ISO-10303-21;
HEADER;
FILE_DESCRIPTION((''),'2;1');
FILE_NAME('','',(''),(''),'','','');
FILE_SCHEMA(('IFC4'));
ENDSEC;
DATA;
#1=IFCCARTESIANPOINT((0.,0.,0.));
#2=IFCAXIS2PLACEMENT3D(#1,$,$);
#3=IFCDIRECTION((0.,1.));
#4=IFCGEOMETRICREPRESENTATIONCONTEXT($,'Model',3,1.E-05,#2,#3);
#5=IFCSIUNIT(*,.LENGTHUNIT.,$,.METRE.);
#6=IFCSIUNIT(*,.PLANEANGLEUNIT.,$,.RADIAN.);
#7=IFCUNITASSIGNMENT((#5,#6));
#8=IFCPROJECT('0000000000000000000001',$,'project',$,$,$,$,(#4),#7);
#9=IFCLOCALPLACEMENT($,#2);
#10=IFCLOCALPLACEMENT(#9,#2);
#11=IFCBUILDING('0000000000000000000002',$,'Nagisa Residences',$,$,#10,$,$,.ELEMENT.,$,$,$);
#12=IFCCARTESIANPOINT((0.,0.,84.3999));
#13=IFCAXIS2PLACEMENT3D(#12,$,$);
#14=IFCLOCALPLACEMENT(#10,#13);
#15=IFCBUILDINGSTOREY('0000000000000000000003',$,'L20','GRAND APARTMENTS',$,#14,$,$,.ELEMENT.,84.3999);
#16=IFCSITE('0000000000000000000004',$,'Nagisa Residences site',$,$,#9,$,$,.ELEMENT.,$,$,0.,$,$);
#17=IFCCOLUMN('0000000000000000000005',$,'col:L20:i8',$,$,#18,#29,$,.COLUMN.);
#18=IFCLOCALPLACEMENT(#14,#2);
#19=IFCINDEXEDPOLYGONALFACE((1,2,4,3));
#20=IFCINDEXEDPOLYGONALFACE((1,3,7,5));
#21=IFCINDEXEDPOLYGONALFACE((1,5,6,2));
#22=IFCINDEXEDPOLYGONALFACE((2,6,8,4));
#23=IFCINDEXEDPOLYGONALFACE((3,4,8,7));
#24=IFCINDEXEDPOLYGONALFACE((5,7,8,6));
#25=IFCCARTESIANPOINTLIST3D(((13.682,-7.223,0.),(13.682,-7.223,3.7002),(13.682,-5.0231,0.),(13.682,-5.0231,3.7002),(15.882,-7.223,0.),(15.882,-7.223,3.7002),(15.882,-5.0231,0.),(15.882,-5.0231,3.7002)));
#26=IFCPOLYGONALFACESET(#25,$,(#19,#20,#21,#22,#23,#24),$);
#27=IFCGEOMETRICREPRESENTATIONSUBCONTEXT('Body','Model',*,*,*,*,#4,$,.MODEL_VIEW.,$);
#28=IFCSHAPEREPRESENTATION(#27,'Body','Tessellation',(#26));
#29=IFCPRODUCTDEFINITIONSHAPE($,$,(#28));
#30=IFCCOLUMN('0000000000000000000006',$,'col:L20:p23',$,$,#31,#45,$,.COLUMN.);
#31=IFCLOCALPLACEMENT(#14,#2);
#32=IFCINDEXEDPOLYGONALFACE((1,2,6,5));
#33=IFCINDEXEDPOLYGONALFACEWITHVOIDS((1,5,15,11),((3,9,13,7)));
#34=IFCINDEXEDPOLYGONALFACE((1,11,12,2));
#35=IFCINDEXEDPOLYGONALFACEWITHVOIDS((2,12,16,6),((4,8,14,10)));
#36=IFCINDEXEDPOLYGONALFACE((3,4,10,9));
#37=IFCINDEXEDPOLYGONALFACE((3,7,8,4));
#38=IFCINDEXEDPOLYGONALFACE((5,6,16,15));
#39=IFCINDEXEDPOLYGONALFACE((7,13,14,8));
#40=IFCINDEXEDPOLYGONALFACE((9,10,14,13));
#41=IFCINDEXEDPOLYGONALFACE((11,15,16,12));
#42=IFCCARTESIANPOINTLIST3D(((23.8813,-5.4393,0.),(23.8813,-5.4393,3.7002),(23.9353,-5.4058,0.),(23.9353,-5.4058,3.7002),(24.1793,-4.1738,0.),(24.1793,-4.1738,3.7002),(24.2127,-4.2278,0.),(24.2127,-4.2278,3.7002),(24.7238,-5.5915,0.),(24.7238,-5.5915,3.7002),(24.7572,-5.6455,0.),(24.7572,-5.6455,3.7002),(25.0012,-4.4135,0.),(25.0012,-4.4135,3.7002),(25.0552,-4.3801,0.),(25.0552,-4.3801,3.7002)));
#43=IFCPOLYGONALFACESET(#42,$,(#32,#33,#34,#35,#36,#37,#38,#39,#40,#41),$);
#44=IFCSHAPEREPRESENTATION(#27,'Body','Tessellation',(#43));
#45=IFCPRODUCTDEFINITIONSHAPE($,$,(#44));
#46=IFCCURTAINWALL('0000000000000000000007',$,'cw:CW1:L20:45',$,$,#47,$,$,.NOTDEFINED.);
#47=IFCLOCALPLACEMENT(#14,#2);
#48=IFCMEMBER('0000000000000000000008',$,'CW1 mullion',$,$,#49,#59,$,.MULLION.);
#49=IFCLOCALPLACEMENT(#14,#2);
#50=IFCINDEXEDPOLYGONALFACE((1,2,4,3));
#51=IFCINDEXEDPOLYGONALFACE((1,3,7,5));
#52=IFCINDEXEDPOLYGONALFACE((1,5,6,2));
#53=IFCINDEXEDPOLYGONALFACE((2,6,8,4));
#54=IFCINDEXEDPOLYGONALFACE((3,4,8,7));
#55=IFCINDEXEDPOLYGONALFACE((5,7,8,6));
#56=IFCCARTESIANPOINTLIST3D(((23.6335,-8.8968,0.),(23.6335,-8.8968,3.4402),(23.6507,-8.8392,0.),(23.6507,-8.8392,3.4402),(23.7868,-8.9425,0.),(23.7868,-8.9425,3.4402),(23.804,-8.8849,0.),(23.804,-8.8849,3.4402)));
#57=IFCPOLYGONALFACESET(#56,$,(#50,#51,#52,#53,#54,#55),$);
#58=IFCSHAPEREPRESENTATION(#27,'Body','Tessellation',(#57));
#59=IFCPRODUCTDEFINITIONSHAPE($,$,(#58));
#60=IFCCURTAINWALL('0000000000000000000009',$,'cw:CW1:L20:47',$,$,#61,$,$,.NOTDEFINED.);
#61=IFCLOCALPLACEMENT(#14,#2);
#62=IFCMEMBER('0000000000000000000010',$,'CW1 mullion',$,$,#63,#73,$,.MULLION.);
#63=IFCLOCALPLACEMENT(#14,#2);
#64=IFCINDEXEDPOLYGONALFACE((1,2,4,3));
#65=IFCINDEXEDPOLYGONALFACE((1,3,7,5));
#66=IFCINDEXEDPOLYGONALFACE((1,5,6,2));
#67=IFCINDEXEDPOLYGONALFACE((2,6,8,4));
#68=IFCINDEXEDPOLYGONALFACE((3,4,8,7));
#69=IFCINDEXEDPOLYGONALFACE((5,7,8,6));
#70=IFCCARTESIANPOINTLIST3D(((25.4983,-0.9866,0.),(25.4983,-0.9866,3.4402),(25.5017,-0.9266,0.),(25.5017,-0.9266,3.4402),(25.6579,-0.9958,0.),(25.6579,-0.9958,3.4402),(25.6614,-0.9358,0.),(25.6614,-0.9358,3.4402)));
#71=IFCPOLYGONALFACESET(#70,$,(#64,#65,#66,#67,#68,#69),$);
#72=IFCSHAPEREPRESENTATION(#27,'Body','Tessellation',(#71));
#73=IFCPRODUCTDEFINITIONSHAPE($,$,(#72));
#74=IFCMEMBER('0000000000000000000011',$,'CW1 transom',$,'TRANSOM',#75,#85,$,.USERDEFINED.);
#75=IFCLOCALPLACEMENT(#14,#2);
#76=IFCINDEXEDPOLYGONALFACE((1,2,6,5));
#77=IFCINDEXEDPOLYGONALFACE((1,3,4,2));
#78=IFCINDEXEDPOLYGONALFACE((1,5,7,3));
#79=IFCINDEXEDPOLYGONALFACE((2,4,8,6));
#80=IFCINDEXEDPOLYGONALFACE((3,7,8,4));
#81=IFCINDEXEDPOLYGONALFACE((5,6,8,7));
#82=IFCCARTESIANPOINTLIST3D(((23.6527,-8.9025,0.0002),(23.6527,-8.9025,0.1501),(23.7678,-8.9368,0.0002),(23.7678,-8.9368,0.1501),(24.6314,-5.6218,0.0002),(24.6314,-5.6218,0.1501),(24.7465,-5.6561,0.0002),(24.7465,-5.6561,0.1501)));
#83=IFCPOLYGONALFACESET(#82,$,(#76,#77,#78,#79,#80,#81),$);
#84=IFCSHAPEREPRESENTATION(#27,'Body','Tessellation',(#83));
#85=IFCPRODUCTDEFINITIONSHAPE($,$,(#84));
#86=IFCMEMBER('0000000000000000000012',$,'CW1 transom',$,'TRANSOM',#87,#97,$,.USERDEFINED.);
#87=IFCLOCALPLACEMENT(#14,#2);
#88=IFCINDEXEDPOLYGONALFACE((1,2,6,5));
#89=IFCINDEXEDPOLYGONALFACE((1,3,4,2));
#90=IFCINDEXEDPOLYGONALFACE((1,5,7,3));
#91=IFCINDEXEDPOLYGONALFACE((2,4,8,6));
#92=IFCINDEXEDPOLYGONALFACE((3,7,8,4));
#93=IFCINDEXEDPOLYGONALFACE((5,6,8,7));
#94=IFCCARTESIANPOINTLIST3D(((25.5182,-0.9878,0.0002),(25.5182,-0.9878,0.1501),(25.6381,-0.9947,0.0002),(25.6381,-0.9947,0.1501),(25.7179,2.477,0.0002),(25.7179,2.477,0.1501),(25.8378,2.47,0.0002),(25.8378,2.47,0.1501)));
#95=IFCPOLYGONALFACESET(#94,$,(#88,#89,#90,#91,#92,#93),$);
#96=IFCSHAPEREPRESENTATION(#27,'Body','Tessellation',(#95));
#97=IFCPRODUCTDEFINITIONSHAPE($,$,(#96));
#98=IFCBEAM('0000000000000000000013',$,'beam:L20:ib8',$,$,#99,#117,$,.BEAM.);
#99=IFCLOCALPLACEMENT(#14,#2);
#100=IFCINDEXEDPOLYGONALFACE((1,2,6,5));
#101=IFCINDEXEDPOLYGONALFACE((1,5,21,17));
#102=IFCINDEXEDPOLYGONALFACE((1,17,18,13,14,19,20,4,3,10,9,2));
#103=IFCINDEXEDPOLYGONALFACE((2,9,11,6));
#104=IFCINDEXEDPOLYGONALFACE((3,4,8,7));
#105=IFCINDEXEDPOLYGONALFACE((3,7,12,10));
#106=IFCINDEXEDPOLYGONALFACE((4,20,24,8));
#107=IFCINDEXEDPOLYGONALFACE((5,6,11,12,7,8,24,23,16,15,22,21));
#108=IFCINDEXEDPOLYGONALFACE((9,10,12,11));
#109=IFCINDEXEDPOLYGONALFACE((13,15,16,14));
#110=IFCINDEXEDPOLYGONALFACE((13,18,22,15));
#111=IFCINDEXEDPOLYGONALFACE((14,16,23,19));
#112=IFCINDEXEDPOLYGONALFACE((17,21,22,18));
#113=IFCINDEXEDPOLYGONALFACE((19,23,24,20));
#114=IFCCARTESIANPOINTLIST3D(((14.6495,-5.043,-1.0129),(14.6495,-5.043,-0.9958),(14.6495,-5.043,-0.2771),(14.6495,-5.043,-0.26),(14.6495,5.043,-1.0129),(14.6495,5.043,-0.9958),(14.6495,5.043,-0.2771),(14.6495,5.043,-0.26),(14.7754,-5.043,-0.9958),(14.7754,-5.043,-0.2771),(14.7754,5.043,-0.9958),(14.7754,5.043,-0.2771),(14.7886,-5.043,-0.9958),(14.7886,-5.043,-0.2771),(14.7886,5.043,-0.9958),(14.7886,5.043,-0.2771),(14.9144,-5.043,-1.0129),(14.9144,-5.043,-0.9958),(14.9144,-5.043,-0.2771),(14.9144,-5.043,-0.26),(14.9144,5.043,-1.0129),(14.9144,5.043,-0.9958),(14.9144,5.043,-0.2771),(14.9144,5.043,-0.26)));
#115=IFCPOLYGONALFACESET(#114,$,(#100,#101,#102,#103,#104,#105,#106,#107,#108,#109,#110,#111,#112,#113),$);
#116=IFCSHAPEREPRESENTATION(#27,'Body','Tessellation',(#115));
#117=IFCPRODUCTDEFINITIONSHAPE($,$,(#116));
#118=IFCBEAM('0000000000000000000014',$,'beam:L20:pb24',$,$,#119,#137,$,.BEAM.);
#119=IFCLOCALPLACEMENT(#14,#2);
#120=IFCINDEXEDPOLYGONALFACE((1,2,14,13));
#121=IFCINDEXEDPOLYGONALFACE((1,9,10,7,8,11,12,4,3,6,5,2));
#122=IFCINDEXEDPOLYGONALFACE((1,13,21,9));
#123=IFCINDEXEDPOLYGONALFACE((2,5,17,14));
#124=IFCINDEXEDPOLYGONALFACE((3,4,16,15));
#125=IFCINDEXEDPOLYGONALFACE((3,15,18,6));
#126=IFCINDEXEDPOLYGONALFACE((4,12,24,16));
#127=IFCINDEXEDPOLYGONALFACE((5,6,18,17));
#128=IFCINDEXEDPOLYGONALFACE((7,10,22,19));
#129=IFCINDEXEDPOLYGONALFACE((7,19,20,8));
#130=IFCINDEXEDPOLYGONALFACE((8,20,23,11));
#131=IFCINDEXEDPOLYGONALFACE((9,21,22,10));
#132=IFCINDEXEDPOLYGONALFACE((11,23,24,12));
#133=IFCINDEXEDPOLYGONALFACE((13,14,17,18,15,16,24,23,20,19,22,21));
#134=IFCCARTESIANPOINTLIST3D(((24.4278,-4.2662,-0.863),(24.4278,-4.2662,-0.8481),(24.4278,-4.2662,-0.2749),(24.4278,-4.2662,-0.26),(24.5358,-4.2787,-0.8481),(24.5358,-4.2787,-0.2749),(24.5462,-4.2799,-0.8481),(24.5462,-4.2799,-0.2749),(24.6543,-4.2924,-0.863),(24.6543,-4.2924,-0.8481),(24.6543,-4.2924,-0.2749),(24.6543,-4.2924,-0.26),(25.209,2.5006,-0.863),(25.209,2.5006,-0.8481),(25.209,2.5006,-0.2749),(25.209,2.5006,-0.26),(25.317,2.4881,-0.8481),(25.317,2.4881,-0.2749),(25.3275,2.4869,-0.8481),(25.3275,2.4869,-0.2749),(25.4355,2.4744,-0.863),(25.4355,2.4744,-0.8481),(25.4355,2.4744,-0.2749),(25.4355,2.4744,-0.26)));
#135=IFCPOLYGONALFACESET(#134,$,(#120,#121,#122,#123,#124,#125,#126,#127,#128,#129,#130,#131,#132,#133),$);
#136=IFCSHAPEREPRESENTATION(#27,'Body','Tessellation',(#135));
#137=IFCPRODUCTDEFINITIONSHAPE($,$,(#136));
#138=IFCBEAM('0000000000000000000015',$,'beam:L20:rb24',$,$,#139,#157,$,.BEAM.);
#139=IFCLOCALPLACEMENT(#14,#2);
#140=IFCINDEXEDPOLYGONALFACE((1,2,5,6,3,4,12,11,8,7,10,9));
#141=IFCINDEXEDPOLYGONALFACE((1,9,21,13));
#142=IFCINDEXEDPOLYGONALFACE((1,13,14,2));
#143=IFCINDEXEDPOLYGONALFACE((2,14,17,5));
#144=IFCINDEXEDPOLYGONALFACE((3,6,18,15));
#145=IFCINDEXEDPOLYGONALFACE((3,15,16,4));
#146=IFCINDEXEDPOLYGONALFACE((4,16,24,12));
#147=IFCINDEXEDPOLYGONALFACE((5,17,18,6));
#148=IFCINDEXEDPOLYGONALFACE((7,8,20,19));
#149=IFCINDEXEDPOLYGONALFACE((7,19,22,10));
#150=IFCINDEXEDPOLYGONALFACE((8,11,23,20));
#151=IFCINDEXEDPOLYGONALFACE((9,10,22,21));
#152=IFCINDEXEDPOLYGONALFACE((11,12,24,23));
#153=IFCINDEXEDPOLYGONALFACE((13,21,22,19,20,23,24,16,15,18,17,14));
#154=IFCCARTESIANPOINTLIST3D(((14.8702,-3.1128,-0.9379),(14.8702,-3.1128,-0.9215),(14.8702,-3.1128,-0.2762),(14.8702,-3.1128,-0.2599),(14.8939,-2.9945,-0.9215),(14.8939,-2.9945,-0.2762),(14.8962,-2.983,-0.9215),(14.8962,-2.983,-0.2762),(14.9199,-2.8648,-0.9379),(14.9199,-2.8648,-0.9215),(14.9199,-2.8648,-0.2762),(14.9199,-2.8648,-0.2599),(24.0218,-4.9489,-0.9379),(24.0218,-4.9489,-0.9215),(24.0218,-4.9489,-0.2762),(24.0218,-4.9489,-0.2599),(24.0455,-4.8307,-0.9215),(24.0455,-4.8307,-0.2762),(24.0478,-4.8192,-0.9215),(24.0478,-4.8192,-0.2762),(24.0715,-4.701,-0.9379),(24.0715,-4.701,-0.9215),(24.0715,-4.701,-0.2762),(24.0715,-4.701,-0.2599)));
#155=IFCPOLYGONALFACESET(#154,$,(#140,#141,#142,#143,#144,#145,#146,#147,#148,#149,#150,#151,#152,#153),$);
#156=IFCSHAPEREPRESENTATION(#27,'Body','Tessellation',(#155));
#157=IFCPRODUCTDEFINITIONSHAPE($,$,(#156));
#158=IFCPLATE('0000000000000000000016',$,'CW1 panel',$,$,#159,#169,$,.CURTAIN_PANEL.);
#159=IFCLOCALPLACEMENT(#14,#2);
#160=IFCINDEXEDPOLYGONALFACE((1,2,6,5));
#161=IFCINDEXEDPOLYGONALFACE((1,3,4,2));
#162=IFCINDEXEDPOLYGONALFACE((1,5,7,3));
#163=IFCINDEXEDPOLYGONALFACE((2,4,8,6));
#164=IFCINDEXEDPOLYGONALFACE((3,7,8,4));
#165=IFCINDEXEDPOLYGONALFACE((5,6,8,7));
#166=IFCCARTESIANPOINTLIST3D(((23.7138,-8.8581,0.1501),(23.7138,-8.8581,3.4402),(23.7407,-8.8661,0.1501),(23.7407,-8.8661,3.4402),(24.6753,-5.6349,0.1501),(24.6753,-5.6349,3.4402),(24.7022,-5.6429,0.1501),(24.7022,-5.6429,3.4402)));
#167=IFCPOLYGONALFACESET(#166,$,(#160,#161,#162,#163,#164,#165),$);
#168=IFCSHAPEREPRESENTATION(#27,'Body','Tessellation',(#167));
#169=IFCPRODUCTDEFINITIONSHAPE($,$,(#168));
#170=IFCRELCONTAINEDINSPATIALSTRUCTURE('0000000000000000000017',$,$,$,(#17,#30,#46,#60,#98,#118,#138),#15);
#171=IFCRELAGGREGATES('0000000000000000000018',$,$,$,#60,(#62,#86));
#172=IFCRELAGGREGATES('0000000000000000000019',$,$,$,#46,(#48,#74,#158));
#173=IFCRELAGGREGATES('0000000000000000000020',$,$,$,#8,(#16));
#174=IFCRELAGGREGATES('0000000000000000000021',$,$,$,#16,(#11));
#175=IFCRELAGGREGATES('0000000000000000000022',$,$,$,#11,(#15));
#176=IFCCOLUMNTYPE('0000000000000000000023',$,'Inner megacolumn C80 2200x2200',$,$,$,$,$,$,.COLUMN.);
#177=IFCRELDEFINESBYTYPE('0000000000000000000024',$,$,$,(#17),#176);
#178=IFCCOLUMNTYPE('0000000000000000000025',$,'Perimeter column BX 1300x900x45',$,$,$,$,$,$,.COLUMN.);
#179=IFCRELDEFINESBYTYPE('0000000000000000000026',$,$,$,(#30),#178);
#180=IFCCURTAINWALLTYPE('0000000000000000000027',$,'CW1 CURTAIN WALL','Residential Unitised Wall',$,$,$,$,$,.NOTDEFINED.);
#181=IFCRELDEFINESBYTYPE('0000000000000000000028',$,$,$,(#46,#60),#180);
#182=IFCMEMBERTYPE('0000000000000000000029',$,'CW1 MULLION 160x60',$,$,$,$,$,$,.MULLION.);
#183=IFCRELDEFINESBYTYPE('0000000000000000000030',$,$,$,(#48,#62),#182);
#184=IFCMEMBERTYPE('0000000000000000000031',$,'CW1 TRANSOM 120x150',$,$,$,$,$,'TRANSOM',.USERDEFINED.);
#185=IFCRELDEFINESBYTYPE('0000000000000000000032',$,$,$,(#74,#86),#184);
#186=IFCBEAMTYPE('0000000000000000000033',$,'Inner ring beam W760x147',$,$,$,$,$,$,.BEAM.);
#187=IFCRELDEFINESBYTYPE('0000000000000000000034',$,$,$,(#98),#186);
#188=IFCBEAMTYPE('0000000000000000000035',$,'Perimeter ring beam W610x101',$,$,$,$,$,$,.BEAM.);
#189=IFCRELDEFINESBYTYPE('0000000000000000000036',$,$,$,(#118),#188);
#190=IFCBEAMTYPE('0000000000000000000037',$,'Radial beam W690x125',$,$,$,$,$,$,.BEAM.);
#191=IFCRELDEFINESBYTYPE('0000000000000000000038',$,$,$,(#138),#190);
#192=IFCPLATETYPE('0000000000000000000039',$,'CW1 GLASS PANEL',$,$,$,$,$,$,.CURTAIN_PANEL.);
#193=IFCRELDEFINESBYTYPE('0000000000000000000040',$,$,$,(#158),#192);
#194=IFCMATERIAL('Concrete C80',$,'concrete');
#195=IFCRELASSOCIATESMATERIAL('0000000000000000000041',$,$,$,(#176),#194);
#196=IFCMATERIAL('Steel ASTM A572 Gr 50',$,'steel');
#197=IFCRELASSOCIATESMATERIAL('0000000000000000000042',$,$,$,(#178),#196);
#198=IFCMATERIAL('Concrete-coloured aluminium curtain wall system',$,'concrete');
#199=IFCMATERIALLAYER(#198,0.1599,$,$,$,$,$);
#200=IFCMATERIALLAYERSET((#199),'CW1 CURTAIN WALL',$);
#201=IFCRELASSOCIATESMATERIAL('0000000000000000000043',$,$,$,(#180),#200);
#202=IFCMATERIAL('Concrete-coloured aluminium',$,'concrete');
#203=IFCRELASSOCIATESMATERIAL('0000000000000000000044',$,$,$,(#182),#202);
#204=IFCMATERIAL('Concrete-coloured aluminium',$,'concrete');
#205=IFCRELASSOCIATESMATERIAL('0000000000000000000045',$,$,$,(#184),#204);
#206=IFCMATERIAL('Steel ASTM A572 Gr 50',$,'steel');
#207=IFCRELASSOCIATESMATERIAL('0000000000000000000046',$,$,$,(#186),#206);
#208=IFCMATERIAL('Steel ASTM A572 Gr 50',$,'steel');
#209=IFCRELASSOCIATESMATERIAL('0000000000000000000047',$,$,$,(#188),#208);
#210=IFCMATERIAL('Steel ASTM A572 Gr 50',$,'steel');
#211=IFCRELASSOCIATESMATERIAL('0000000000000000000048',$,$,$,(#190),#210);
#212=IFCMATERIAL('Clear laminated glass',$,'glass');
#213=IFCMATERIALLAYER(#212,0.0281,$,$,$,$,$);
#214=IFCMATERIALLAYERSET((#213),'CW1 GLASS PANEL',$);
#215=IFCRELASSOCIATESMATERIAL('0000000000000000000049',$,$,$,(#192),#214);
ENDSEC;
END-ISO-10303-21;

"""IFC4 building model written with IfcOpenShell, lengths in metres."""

from ifc_helpers import new_model, si_unit, direction, frame, origin, origin_2d, place, context, subcontext, project, spatial, rectangle, hollow_rectangle, i_section, extrude, material, layer, layer_set, material_profile, profile_set, type_object, element, aggregate, save


model = new_model("IFC4")

# Units and contexts
model_context = context("Model", 3, precision=1e-05, world=origin(), true_north=direction((0.0, 1.0)))
body_context = subcontext(model_context, "Body", "Model", "MODEL_VIEW")
ifc_project = project(units=[si_unit("LENGTHUNIT", "METRE"), si_unit("PLANEANGLEUNIT", "RADIAN")], contexts=[model_context])

# Site, building, storey
site_placement = place(None, origin())
site = spatial("IfcSite", under=ifc_project, at=site_placement, Name="Nagisa Residences site", CompositionType="ELEMENT", RefElevation=0.0)
building_placement = place(site_placement, origin())
building = spatial("IfcBuilding", under=site, at=building_placement, Name="Nagisa Residences", CompositionType="ELEMENT")
storey_placement = place(building_placement, frame((0.0, 0.0, 84.3999)))
storey = spatial("IfcBuildingStorey", under=building, at=storey_placement, Name="L20", Description="GRAND APARTMENTS", CompositionType="ELEMENT", Elevation=84.3999)

# Columns
ifc_material_1 = material(Name="Concrete C80", Category="concrete")
ifc_material_profile_1 = material_profile(ifc_material_1, rectangle(XDim=2.2, YDim=2.2, at=origin_2d()), Name="C80 2200x2200")
ifc_profile_set_1 = profile_set([ifc_material_profile_1], Name="Concrete C80")
column_type_1 = type_object("IfcColumnType", Name="Inner megacolumn C80 2200x2200", PredefinedType="COLUMN", material=ifc_profile_set_1)
column_1_placement = place(storey_placement, frame((14.782, -6.123, 0.0), z_axis=(0.0, 0.0, 1.0), x_axis=(1.0, 0.0, 0.0)))
element("IfcColumn", 1, at=column_1_placement, inside=storey, type_object=column_type_1, Name="col:L20:i8", PredefinedType="COLUMN", context=body_context, shape_type="SweptSolid", body=[
    extrude(rectangle(XDim=2.2, YDim=2.2, at=origin_2d()), origin(), (0.0, 0.0, 1.0), 3.7002),
])
ifc_material_2 = material(Name="Steel ASTM A572 Gr 50", Category="steel")
ifc_material_profile_2 = material_profile(ifc_material_2, hollow_rectangle(XDim=1.3, YDim=0.8999, WallThickness=0.0449, at=origin_2d()), Name="BX 1300x900x45")
ifc_profile_set_2 = profile_set([ifc_material_profile_2], Name="Steel ASTM A572 Gr 50")
column_type_2 = type_object("IfcColumnType", Name="Perimeter column BX 1300x900x45", PredefinedType="COLUMN", material=ifc_profile_set_2)
column_2_placement = place(storey_placement, frame((24.4683, -4.9097, 0.0), z_axis=(0.0, 0.0, 1.0), x_axis=(0.229202, 0.973379, 0.0)))
element("IfcColumn", 2, at=column_2_placement, inside=storey, type_object=column_type_2, Name="col:L20:p23", PredefinedType="COLUMN", context=body_context, shape_type="SweptSolid", body=[
    extrude(hollow_rectangle(XDim=1.3, YDim=0.8999, WallThickness=0.0449, at=origin_2d()), origin(), (0.0, 0.0, 1.0), 3.7002),
])

# Curtain walls, members
ifc_material_3 = material(Name="Concrete-coloured aluminium curtain wall system", Category="concrete")
ifc_layer_1 = layer(ifc_material_3, 0.1599)
ifc_layer_set_1 = layer_set([ifc_layer_1], Name="CW1 CURTAIN WALL")
curtain_wall_type = type_object("IfcCurtainWallType", Name="CW1 CURTAIN WALL", Description="Residential Unitised Wall", PredefinedType="NOTDEFINED", material=ifc_layer_set_1)
curtain_wall_1_placement = place(storey_placement, origin())
curtain_wall_1 = element("IfcCurtainWall", 3, at=curtain_wall_1_placement, inside=storey, type_object=curtain_wall_type, Name="cw:CW1:L20:45", PredefinedType="NOTDEFINED")
ifc_material_4 = material(Name="Concrete-coloured aluminium", Category="concrete")
ifc_material_profile_3 = material_profile(ifc_material_4, rectangle(XDim=0.1599, YDim=0.0601, at=origin_2d()), Name="CW1 MULLION 160x60")
ifc_profile_set_3 = profile_set([ifc_material_profile_3], Name="Concrete-coloured aluminium")
member_type_1 = type_object("IfcMemberType", Name="CW1 MULLION 160x60", PredefinedType="MULLION", material=ifc_profile_set_3)
member_1_placement = place(storey_placement, frame((23.7188, -8.8909, 0.0), z_axis=(0.0, 0.0, 1.0), x_axis=(-0.958271, 0.28586, 0.0)))
member_1 = element("IfcMember", 4, at=member_1_placement, type_object=member_type_1, Name="CW1 mullion", PredefinedType="MULLION", context=body_context, shape_type="SweptSolid", body=[
    extrude(rectangle(XDim=0.1599, YDim=0.0601, at=origin_2d()), origin(), (0.0, 0.0, 1.0), 3.4402),
])
curtain_wall_2_placement = place(storey_placement, origin())
curtain_wall_2 = element("IfcCurtainWall", 5, at=curtain_wall_2_placement, inside=storey, type_object=curtain_wall_type, Name="cw:CW1:L20:47", PredefinedType="NOTDEFINED")
member_2_placement = place(storey_placement, frame((25.5798, -0.9612, 0.0), z_axis=(0.0, 0.0, 1.0), x_axis=(-0.998345, 0.057503, 0.0)))
member_2 = element("IfcMember", 6, at=member_2_placement, type_object=member_type_1, Name="CW1 mullion", PredefinedType="MULLION", context=body_context, shape_type="SweptSolid", body=[
    extrude(rectangle(XDim=0.1599, YDim=0.0601, at=origin_2d()), origin(), (0.0, 0.0, 1.0), 3.4402),
])

# Members
ifc_material_5 = material(Name="Concrete-coloured aluminium", Category="concrete")
ifc_material_profile_4 = material_profile(ifc_material_5, rectangle(XDim=0.1201, YDim=0.1499, at=origin_2d()), Name="CW1 TRANSOM 120x150")
ifc_profile_set_4 = profile_set([ifc_material_profile_4], Name="Concrete-coloured aluminium")
member_type_2 = type_object("IfcMemberType", Name="CW1 TRANSOM 120x150", ElementType="TRANSOM", PredefinedType="USERDEFINED", material=ifc_profile_set_4)
member_3_placement = place(storey_placement, frame((23.7102, -8.9197, 0.0752), z_axis=(0.285882, 0.958265, 0.0), x_axis=(-0.958265, 0.285882, 0.0)))
member_3 = element("IfcMember", 7, at=member_3_placement, type_object=member_type_2, Name="CW1 transom", ObjectType="TRANSOM", PredefinedType="USERDEFINED", context=body_context, shape_type="SweptSolid", body=[
    extrude(rectangle(XDim=0.1201, YDim=0.1499, at=origin_2d()), origin(), (0.0, 0.0, 1.0), 3.4236),
])
member_4_placement = place(storey_placement, frame((25.5781, -0.9912, 0.0752), z_axis=(0.057547, 0.998343, 0.0), x_axis=(-0.998343, 0.057547, 0.0)))
member_4 = element("IfcMember", 8, at=member_4_placement, type_object=member_type_2, Name="CW1 transom", ObjectType="TRANSOM", PredefinedType="USERDEFINED", context=body_context, shape_type="SweptSolid", body=[
    extrude(rectangle(XDim=0.1201, YDim=0.1499, at=origin_2d()), origin(), (0.0, 0.0, 1.0), 3.4705),
])
aggregate(curtain_wall_2, [member_2, member_4])

# Beams
ifc_material_6 = material(Name="Steel ASTM A572 Gr 50", Category="steel")
ifc_material_profile_5 = material_profile(ifc_material_6, i_section(OverallWidth=0.2649, OverallDepth=0.7529, WebThickness=0.0132, FlangeThickness=0.0171, at=origin_2d()), Name="W760x147")
ifc_profile_set_5 = profile_set([ifc_material_profile_5], Name="Steel ASTM A572 Gr 50")
beam_type_1 = type_object("IfcBeamType", Name="Inner ring beam W760x147", PredefinedType="BEAM", material=ifc_profile_set_5)
beam_1_placement = place(storey_placement, frame((14.782, -5.043, -0.6365), z_axis=(0.0, 1.0, 0.0), x_axis=(-1.0, 0.0, 0.0)))
element("IfcBeam", 9, at=beam_1_placement, inside=storey, type_object=beam_type_1, Name="beam:L20:ib8", PredefinedType="BEAM", context=body_context, shape_type="SweptSolid", body=[
    extrude(i_section(OverallWidth=0.2649, OverallDepth=0.7529, WebThickness=0.0132, FlangeThickness=0.0171, at=origin_2d()), origin(), (0.0, 0.0, 1.0), 10.0859),
])
ifc_material_7 = material(Name="Steel ASTM A572 Gr 50", Category="steel")
ifc_material_profile_6 = material_profile(ifc_material_7, i_section(OverallWidth=0.228, OverallDepth=0.603, WebThickness=0.0105, FlangeThickness=0.0149, at=origin_2d()), Name="W610x101")
ifc_profile_set_6 = profile_set([ifc_material_profile_6], Name="Steel ASTM A572 Gr 50")
beam_type_2 = type_object("IfcBeamType", Name="Perimeter ring beam W610x101", PredefinedType="BEAM", material=ifc_profile_set_6)
beam_2_placement = place(storey_placement, frame((24.541, -4.2793, -0.5615), z_axis=(0.114691, 0.993401, 0.0), x_axis=(-0.993401, 0.114691, 0.0)))
element("IfcBeam", 10, at=beam_2_placement, inside=storey, type_object=beam_type_2, Name="beam:L20:pb24", PredefinedType="BEAM", context=body_context, shape_type="SweptSolid", body=[
    extrude(i_section(OverallWidth=0.228, OverallDepth=0.603, WebThickness=0.0105, FlangeThickness=0.0149, at=origin_2d()), origin(), (0.0, 0.0, 1.0), 6.8118),
])
ifc_material_8 = material(Name="Steel ASTM A572 Gr 50", Category="steel")
ifc_material_profile_7 = material_profile(ifc_material_8, i_section(OverallWidth=0.2529, OverallDepth=0.678, WebThickness=0.0117, FlangeThickness=0.0164, at=origin_2d()), Name="W690x125")
ifc_profile_set_7 = profile_set([ifc_material_profile_7], Name="Steel ASTM A572 Gr 50")
beam_type_3 = type_object("IfcBeamType", Name="Radial beam W690x125", PredefinedType="BEAM", material=ifc_profile_set_7)
beam_3_placement = place(storey_placement, frame((24.0466, -4.825, -0.5989), z_axis=(-0.98046, 0.19672, 0.0), x_axis=(-0.19672, -0.98046, 0.0)))
element("IfcBeam", 11, at=beam_3_placement, inside=storey, type_object=beam_type_3, Name="beam:L20:rb24", PredefinedType="BEAM", context=body_context, shape_type="SweptSolid", body=[
    extrude(i_section(OverallWidth=0.2529, OverallDepth=0.678, WebThickness=0.0117, FlangeThickness=0.0164, at=origin_2d()), origin(), (0.0, 0.0, 1.0), 9.334),
])

# Plate
ifc_material_9 = material(Name="Clear laminated glass", Category="glass")
ifc_layer_2 = layer(ifc_material_9, 0.0281)
ifc_layer_set_2 = layer_set([ifc_layer_2], Name="CW1 GLASS PANEL")
plate_type = type_object("IfcPlateType", Name="CW1 GLASS PANEL", PredefinedType="CURTAIN_PANEL", material=ifc_layer_set_2)
plate_placement = place(storey_placement, frame((24.208, -7.2505, 0.1501), z_axis=(0.0, 0.0, 1.0), x_axis=(0.28586, 0.958271, 0.0)))
plate = element("IfcPlate", 12, at=plate_placement, type_object=plate_type, Name="CW1 panel", PredefinedType="CURTAIN_PANEL", context=body_context, shape_type="SweptSolid", body=[
    extrude(rectangle(XDim=3.3635, YDim=0.0281, at=origin_2d()), origin(), (0.0, 0.0, 1.0), 3.29),
])
aggregate(curtain_wall_1, [member_1, member_3, plate])

save(model, "model.ifc")
